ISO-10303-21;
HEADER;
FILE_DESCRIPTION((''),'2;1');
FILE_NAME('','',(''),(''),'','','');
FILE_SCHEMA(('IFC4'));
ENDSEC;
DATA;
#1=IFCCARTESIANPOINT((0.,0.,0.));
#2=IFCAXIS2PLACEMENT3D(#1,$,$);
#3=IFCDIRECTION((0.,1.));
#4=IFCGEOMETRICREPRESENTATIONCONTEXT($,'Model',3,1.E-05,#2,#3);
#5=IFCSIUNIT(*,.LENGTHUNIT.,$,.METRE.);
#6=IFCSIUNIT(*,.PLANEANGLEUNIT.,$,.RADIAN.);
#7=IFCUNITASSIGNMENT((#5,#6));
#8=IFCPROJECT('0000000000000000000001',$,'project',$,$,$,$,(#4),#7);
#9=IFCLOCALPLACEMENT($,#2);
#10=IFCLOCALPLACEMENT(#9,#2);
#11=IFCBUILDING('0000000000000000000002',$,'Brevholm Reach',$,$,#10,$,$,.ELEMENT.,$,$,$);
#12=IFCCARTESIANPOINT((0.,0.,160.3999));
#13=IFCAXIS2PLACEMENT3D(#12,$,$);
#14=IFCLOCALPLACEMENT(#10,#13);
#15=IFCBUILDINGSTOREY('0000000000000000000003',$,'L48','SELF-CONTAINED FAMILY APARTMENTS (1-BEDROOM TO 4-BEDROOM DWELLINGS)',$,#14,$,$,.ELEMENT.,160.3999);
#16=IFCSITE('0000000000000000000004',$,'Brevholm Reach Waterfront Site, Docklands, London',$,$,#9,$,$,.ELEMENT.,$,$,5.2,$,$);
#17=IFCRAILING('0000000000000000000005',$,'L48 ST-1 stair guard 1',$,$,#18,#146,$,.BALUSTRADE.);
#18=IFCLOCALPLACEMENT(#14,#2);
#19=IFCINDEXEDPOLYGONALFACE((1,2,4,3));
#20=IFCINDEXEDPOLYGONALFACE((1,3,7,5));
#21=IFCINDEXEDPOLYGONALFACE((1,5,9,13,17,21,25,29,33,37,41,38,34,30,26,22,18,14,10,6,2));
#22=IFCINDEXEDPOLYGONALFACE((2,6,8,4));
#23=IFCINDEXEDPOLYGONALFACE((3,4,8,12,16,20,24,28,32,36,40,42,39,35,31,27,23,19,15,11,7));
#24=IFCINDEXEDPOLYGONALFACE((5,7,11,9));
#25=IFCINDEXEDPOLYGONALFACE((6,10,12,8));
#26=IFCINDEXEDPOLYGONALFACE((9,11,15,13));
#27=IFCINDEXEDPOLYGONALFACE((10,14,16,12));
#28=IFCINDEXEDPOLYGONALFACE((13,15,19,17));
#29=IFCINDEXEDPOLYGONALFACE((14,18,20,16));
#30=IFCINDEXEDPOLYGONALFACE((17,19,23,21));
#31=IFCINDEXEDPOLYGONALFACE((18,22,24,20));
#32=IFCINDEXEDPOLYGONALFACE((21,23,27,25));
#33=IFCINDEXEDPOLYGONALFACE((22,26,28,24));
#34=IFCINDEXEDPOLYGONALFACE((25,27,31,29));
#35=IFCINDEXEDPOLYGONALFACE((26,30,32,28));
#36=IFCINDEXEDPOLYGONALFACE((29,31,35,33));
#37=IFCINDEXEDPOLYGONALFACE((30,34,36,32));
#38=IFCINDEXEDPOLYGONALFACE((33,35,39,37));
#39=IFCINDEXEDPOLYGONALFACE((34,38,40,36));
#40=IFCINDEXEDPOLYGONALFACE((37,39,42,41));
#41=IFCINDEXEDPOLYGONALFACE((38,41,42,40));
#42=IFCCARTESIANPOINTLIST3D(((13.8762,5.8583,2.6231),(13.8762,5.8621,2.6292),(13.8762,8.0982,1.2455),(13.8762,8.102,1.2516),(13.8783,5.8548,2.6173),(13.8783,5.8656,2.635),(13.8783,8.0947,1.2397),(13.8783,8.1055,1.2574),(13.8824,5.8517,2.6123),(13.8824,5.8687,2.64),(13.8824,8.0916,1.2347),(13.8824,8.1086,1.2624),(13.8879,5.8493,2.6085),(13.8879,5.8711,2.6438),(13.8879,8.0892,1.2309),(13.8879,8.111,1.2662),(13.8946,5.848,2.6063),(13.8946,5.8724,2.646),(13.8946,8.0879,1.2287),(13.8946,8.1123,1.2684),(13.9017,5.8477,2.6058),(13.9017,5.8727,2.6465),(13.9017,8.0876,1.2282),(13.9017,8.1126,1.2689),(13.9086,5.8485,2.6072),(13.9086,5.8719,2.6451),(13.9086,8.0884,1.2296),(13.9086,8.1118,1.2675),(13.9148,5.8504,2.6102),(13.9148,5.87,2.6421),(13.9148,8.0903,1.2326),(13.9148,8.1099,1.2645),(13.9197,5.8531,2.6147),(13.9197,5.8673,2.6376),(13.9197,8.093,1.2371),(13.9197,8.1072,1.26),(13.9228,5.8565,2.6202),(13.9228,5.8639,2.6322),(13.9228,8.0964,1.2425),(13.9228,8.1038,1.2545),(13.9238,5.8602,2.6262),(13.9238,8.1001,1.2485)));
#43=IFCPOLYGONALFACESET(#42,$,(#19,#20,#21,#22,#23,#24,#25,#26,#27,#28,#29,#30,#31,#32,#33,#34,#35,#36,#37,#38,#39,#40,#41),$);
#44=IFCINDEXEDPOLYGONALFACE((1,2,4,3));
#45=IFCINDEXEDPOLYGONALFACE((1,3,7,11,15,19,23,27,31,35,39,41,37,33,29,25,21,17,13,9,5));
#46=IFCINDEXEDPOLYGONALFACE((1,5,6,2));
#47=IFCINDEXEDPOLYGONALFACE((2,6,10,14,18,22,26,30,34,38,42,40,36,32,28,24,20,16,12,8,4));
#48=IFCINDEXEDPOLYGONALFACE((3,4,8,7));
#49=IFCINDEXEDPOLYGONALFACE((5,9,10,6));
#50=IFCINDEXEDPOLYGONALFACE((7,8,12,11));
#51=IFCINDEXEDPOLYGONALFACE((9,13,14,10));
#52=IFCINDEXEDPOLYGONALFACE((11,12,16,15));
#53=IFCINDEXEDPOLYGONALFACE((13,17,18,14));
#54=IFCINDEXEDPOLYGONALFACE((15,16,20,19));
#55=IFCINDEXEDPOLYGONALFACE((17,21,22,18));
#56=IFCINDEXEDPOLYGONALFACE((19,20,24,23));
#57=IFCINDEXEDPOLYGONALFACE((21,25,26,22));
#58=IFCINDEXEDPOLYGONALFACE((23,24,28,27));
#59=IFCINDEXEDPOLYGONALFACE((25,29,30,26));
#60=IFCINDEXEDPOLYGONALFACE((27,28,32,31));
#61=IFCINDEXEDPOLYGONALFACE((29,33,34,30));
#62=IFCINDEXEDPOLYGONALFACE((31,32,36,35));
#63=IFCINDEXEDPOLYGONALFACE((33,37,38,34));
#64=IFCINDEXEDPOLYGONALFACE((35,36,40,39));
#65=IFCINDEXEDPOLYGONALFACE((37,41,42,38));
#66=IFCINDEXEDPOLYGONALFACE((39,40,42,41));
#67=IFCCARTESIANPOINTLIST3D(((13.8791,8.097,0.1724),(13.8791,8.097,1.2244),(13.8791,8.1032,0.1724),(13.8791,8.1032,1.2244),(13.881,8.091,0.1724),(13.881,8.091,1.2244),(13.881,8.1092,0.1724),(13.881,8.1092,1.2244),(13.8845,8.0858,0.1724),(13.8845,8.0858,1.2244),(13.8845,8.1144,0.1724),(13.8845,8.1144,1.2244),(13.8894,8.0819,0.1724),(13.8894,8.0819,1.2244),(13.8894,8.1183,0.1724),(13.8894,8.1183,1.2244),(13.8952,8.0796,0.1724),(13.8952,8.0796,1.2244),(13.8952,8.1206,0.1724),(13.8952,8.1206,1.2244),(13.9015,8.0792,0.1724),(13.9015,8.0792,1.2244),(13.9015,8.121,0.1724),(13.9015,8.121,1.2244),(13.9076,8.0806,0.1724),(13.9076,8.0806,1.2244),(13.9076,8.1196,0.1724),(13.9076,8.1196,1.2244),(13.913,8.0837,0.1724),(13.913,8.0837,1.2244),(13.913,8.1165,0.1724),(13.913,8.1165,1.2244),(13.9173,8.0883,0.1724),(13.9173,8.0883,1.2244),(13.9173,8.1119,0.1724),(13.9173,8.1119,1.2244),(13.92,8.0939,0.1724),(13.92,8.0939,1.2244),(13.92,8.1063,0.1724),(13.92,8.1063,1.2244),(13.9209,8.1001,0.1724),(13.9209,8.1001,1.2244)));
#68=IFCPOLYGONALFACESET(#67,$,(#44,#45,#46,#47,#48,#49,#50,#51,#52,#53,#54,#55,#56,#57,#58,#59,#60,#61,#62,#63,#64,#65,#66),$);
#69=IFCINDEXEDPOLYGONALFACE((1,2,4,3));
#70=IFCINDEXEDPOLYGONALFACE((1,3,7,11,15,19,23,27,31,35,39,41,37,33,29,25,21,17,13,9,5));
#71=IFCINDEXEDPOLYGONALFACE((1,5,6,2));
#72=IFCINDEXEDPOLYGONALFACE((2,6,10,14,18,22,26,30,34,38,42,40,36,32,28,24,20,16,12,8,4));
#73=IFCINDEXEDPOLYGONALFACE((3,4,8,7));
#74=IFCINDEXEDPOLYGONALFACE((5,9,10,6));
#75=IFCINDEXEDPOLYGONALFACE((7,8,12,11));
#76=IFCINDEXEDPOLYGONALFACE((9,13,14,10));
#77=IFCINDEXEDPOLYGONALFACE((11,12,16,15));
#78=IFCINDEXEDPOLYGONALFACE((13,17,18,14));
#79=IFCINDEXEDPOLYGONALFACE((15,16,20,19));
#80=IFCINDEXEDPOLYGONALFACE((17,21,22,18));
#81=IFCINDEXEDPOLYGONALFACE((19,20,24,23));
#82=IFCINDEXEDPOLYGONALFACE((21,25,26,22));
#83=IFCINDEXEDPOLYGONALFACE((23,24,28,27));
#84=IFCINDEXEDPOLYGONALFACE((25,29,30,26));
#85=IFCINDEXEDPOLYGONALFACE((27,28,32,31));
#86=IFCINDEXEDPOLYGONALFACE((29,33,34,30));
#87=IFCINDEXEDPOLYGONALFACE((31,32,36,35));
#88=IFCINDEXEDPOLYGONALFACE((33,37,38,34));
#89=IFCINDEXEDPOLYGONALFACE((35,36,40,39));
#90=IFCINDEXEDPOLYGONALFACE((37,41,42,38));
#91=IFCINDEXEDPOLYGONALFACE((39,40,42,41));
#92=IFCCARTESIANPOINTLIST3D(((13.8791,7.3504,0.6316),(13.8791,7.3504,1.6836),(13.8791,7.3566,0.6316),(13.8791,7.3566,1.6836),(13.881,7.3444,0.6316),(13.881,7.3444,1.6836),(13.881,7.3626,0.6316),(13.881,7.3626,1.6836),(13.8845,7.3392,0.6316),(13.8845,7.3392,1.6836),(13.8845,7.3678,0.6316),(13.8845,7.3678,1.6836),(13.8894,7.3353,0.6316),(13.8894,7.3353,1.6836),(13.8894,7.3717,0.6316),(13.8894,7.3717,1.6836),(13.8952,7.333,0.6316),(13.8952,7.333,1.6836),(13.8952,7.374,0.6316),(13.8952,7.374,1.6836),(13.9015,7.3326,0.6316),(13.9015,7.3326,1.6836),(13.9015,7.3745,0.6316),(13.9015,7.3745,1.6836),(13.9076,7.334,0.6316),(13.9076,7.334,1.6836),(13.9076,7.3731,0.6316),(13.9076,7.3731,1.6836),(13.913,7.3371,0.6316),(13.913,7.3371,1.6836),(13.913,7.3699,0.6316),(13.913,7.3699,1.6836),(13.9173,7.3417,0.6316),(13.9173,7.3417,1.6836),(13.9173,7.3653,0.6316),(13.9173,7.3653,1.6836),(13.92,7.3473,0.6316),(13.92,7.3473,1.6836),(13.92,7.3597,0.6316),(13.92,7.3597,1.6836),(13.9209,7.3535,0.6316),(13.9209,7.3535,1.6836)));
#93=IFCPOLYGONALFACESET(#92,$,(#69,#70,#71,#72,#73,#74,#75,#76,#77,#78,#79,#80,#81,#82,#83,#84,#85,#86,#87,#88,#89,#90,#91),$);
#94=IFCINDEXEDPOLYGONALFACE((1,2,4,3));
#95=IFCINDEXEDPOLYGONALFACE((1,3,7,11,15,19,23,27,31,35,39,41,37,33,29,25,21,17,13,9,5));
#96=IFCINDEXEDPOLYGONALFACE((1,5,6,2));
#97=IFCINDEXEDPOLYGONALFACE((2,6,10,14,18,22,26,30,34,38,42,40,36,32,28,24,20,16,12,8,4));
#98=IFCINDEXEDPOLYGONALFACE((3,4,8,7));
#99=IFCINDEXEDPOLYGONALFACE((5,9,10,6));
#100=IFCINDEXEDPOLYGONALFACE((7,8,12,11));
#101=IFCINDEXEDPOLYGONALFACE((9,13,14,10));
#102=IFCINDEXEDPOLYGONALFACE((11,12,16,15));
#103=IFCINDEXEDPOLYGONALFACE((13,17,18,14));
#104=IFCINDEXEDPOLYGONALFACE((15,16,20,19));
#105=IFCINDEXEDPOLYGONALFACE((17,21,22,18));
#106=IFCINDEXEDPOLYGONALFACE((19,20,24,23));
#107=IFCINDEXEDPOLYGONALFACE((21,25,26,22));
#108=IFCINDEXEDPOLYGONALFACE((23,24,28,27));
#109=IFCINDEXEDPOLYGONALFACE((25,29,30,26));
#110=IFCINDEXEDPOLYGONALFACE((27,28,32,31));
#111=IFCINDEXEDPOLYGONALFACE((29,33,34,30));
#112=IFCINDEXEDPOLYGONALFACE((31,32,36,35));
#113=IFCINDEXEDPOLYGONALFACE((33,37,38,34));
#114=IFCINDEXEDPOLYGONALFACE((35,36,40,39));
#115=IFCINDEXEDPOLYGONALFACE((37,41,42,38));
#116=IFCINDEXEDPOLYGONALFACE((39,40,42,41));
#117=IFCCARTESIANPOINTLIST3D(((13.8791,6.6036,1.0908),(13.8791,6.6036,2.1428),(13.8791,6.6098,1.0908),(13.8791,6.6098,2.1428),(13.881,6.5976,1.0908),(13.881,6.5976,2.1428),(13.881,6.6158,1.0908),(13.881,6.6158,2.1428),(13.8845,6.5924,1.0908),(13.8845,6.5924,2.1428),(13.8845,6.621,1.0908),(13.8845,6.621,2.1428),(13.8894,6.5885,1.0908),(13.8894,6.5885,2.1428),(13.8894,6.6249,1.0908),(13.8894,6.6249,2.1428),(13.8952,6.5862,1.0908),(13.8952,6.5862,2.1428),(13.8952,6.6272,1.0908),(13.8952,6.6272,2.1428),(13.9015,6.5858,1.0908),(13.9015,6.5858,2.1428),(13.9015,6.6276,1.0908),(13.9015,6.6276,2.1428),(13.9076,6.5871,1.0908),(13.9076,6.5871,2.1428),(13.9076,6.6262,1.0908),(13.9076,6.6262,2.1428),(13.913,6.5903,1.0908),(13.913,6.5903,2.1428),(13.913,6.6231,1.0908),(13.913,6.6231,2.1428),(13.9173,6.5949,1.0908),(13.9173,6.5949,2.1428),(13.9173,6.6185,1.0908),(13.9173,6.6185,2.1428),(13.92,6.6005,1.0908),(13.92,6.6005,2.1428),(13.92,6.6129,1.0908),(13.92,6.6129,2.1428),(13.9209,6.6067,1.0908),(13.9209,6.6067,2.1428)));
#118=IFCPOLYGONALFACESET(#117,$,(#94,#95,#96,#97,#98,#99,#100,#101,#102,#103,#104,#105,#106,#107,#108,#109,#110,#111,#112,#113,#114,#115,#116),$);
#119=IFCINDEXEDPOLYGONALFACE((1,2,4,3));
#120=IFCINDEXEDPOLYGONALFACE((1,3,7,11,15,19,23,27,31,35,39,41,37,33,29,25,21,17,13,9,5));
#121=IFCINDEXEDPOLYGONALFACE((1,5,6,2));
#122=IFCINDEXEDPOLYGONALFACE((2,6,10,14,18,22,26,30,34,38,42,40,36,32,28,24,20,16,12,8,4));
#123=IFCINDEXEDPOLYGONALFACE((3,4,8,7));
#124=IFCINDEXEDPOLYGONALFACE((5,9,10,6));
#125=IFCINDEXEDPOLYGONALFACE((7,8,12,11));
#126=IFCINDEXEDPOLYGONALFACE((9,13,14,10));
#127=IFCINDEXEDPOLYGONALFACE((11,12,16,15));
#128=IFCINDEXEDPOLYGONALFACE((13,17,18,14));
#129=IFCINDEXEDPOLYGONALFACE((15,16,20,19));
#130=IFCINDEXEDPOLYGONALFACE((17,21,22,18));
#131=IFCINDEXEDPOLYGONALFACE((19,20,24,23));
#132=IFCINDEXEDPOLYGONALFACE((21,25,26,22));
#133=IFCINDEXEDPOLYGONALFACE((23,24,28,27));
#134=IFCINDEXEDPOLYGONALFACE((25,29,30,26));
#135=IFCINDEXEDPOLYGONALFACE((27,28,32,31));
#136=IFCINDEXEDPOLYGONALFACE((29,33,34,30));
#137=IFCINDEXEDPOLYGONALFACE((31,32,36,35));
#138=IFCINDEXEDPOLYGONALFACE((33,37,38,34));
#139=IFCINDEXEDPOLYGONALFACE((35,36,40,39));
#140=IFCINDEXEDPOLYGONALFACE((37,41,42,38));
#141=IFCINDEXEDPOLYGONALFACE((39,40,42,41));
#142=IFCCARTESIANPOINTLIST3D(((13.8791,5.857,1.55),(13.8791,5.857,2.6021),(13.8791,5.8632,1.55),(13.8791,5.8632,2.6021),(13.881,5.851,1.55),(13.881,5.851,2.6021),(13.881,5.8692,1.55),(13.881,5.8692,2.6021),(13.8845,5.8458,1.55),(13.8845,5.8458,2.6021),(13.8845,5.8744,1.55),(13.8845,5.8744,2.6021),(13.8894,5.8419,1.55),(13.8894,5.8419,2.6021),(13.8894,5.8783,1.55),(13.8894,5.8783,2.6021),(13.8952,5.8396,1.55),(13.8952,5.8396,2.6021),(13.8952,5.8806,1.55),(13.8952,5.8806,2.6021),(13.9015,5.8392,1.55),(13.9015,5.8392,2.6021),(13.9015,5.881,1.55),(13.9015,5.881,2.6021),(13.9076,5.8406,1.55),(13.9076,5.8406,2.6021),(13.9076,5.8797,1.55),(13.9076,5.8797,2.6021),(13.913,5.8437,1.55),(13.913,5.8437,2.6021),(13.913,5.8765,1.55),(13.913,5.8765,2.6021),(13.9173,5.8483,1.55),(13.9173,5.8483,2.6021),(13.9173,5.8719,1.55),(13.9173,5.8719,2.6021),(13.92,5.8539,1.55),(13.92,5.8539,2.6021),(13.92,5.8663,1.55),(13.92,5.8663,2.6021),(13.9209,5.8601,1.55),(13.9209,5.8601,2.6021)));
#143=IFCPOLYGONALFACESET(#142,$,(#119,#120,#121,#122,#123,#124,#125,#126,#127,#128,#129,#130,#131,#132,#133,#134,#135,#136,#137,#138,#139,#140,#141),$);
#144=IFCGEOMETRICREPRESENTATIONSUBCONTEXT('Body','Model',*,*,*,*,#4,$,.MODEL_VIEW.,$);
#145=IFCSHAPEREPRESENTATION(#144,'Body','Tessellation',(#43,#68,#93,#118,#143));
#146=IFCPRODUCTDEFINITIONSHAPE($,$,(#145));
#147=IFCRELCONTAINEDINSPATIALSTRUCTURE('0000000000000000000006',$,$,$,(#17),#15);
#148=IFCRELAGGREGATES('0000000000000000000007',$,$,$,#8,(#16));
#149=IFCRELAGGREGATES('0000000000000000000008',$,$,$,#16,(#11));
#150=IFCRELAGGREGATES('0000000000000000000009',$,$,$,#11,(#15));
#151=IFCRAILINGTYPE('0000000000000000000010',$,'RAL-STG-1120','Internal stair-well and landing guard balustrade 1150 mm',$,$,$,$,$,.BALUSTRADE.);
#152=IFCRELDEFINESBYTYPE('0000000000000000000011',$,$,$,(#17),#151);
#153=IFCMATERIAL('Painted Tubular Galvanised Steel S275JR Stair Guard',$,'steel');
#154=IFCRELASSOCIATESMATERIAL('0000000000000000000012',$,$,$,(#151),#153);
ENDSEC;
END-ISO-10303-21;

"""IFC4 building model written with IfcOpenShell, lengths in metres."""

from ifc_helpers import new_model, si_unit, direction, frame, origin, origin_2d, place, context, subcontext, project, spatial, circle, extrude, material, type_object, element, save


model = new_model("IFC4")

# Units and contexts
model_context = context("Model", 3, precision=1e-05, world=origin(), true_north=direction((0.0, 1.0)))
body_context = subcontext(model_context, "Body", "Model", "MODEL_VIEW")
ifc_project = project(units=[si_unit("LENGTHUNIT", "METRE"), si_unit("PLANEANGLEUNIT", "RADIAN")], contexts=[model_context])

# Site, building, storey
site_placement = place(None, origin())
site = spatial("IfcSite", under=ifc_project, at=site_placement, Name="Brevholm Reach Waterfront Site, Docklands, London", CompositionType="ELEMENT", RefElevation=5.2)
building_placement = place(site_placement, origin())
building = spatial("IfcBuilding", under=site, at=building_placement, Name="Brevholm Reach", CompositionType="ELEMENT")
storey_placement = place(building_placement, frame((0.0, 0.0, 160.3999)))
storey = spatial("IfcBuildingStorey", under=building, at=storey_placement, Name="L48", Description="SELF-CONTAINED FAMILY APARTMENTS (1-BEDROOM TO 4-BEDROOM DWELLINGS)", CompositionType="ELEMENT", Elevation=160.3999)

# Railing
ifc_material_1 = material(Name="Painted Tubular Galvanised Steel S275JR Stair Guard", Category="steel")
railing_type_1 = type_object("IfcRailingType", Name="RAL-STG-1120", Description="Internal stair-well and landing guard balustrade 1150 mm", PredefinedType="BALUSTRADE", material=ifc_material_1)
railing_1_placement = place(storey_placement, frame((13.8999, 8.1001, 0.1724)))
element("IfcRailing", 1, at=railing_1_placement, inside=storey, type_object=railing_type_1, Name="L48 ST-1 stair guard 1", PredefinedType="BALUSTRADE", context=body_context, shape_type="SweptSolid", body=[
    extrude(circle(Radius=0.0239, at=origin_2d()), frame((0.0, 0.0, 1.0762), z_axis=(0.0, -0.851789, 0.523885), x_axis=(1.0, 0.0, 0.0)), (0.0, 0.0, 1.0), 2.6296),
    extrude(circle(Radius=0.021, at=origin_2d()), origin(), (0.0, 0.0, 1.0), 1.052),
    extrude(circle(Radius=0.021, at=origin_2d()), frame((0.0, -0.7466, 0.4592)), (0.0, 0.0, 1.0), 1.052),
    extrude(circle(Radius=0.021, at=origin_2d()), frame((0.0, -1.4934, 0.9185)), (0.0, 0.0, 1.0), 1.052),
    extrude(circle(Radius=0.021, at=origin_2d()), frame((0.0, -2.24, 1.3777)), (0.0, 0.0, 1.0), 1.052),
])

save(model, "model.ifc")
